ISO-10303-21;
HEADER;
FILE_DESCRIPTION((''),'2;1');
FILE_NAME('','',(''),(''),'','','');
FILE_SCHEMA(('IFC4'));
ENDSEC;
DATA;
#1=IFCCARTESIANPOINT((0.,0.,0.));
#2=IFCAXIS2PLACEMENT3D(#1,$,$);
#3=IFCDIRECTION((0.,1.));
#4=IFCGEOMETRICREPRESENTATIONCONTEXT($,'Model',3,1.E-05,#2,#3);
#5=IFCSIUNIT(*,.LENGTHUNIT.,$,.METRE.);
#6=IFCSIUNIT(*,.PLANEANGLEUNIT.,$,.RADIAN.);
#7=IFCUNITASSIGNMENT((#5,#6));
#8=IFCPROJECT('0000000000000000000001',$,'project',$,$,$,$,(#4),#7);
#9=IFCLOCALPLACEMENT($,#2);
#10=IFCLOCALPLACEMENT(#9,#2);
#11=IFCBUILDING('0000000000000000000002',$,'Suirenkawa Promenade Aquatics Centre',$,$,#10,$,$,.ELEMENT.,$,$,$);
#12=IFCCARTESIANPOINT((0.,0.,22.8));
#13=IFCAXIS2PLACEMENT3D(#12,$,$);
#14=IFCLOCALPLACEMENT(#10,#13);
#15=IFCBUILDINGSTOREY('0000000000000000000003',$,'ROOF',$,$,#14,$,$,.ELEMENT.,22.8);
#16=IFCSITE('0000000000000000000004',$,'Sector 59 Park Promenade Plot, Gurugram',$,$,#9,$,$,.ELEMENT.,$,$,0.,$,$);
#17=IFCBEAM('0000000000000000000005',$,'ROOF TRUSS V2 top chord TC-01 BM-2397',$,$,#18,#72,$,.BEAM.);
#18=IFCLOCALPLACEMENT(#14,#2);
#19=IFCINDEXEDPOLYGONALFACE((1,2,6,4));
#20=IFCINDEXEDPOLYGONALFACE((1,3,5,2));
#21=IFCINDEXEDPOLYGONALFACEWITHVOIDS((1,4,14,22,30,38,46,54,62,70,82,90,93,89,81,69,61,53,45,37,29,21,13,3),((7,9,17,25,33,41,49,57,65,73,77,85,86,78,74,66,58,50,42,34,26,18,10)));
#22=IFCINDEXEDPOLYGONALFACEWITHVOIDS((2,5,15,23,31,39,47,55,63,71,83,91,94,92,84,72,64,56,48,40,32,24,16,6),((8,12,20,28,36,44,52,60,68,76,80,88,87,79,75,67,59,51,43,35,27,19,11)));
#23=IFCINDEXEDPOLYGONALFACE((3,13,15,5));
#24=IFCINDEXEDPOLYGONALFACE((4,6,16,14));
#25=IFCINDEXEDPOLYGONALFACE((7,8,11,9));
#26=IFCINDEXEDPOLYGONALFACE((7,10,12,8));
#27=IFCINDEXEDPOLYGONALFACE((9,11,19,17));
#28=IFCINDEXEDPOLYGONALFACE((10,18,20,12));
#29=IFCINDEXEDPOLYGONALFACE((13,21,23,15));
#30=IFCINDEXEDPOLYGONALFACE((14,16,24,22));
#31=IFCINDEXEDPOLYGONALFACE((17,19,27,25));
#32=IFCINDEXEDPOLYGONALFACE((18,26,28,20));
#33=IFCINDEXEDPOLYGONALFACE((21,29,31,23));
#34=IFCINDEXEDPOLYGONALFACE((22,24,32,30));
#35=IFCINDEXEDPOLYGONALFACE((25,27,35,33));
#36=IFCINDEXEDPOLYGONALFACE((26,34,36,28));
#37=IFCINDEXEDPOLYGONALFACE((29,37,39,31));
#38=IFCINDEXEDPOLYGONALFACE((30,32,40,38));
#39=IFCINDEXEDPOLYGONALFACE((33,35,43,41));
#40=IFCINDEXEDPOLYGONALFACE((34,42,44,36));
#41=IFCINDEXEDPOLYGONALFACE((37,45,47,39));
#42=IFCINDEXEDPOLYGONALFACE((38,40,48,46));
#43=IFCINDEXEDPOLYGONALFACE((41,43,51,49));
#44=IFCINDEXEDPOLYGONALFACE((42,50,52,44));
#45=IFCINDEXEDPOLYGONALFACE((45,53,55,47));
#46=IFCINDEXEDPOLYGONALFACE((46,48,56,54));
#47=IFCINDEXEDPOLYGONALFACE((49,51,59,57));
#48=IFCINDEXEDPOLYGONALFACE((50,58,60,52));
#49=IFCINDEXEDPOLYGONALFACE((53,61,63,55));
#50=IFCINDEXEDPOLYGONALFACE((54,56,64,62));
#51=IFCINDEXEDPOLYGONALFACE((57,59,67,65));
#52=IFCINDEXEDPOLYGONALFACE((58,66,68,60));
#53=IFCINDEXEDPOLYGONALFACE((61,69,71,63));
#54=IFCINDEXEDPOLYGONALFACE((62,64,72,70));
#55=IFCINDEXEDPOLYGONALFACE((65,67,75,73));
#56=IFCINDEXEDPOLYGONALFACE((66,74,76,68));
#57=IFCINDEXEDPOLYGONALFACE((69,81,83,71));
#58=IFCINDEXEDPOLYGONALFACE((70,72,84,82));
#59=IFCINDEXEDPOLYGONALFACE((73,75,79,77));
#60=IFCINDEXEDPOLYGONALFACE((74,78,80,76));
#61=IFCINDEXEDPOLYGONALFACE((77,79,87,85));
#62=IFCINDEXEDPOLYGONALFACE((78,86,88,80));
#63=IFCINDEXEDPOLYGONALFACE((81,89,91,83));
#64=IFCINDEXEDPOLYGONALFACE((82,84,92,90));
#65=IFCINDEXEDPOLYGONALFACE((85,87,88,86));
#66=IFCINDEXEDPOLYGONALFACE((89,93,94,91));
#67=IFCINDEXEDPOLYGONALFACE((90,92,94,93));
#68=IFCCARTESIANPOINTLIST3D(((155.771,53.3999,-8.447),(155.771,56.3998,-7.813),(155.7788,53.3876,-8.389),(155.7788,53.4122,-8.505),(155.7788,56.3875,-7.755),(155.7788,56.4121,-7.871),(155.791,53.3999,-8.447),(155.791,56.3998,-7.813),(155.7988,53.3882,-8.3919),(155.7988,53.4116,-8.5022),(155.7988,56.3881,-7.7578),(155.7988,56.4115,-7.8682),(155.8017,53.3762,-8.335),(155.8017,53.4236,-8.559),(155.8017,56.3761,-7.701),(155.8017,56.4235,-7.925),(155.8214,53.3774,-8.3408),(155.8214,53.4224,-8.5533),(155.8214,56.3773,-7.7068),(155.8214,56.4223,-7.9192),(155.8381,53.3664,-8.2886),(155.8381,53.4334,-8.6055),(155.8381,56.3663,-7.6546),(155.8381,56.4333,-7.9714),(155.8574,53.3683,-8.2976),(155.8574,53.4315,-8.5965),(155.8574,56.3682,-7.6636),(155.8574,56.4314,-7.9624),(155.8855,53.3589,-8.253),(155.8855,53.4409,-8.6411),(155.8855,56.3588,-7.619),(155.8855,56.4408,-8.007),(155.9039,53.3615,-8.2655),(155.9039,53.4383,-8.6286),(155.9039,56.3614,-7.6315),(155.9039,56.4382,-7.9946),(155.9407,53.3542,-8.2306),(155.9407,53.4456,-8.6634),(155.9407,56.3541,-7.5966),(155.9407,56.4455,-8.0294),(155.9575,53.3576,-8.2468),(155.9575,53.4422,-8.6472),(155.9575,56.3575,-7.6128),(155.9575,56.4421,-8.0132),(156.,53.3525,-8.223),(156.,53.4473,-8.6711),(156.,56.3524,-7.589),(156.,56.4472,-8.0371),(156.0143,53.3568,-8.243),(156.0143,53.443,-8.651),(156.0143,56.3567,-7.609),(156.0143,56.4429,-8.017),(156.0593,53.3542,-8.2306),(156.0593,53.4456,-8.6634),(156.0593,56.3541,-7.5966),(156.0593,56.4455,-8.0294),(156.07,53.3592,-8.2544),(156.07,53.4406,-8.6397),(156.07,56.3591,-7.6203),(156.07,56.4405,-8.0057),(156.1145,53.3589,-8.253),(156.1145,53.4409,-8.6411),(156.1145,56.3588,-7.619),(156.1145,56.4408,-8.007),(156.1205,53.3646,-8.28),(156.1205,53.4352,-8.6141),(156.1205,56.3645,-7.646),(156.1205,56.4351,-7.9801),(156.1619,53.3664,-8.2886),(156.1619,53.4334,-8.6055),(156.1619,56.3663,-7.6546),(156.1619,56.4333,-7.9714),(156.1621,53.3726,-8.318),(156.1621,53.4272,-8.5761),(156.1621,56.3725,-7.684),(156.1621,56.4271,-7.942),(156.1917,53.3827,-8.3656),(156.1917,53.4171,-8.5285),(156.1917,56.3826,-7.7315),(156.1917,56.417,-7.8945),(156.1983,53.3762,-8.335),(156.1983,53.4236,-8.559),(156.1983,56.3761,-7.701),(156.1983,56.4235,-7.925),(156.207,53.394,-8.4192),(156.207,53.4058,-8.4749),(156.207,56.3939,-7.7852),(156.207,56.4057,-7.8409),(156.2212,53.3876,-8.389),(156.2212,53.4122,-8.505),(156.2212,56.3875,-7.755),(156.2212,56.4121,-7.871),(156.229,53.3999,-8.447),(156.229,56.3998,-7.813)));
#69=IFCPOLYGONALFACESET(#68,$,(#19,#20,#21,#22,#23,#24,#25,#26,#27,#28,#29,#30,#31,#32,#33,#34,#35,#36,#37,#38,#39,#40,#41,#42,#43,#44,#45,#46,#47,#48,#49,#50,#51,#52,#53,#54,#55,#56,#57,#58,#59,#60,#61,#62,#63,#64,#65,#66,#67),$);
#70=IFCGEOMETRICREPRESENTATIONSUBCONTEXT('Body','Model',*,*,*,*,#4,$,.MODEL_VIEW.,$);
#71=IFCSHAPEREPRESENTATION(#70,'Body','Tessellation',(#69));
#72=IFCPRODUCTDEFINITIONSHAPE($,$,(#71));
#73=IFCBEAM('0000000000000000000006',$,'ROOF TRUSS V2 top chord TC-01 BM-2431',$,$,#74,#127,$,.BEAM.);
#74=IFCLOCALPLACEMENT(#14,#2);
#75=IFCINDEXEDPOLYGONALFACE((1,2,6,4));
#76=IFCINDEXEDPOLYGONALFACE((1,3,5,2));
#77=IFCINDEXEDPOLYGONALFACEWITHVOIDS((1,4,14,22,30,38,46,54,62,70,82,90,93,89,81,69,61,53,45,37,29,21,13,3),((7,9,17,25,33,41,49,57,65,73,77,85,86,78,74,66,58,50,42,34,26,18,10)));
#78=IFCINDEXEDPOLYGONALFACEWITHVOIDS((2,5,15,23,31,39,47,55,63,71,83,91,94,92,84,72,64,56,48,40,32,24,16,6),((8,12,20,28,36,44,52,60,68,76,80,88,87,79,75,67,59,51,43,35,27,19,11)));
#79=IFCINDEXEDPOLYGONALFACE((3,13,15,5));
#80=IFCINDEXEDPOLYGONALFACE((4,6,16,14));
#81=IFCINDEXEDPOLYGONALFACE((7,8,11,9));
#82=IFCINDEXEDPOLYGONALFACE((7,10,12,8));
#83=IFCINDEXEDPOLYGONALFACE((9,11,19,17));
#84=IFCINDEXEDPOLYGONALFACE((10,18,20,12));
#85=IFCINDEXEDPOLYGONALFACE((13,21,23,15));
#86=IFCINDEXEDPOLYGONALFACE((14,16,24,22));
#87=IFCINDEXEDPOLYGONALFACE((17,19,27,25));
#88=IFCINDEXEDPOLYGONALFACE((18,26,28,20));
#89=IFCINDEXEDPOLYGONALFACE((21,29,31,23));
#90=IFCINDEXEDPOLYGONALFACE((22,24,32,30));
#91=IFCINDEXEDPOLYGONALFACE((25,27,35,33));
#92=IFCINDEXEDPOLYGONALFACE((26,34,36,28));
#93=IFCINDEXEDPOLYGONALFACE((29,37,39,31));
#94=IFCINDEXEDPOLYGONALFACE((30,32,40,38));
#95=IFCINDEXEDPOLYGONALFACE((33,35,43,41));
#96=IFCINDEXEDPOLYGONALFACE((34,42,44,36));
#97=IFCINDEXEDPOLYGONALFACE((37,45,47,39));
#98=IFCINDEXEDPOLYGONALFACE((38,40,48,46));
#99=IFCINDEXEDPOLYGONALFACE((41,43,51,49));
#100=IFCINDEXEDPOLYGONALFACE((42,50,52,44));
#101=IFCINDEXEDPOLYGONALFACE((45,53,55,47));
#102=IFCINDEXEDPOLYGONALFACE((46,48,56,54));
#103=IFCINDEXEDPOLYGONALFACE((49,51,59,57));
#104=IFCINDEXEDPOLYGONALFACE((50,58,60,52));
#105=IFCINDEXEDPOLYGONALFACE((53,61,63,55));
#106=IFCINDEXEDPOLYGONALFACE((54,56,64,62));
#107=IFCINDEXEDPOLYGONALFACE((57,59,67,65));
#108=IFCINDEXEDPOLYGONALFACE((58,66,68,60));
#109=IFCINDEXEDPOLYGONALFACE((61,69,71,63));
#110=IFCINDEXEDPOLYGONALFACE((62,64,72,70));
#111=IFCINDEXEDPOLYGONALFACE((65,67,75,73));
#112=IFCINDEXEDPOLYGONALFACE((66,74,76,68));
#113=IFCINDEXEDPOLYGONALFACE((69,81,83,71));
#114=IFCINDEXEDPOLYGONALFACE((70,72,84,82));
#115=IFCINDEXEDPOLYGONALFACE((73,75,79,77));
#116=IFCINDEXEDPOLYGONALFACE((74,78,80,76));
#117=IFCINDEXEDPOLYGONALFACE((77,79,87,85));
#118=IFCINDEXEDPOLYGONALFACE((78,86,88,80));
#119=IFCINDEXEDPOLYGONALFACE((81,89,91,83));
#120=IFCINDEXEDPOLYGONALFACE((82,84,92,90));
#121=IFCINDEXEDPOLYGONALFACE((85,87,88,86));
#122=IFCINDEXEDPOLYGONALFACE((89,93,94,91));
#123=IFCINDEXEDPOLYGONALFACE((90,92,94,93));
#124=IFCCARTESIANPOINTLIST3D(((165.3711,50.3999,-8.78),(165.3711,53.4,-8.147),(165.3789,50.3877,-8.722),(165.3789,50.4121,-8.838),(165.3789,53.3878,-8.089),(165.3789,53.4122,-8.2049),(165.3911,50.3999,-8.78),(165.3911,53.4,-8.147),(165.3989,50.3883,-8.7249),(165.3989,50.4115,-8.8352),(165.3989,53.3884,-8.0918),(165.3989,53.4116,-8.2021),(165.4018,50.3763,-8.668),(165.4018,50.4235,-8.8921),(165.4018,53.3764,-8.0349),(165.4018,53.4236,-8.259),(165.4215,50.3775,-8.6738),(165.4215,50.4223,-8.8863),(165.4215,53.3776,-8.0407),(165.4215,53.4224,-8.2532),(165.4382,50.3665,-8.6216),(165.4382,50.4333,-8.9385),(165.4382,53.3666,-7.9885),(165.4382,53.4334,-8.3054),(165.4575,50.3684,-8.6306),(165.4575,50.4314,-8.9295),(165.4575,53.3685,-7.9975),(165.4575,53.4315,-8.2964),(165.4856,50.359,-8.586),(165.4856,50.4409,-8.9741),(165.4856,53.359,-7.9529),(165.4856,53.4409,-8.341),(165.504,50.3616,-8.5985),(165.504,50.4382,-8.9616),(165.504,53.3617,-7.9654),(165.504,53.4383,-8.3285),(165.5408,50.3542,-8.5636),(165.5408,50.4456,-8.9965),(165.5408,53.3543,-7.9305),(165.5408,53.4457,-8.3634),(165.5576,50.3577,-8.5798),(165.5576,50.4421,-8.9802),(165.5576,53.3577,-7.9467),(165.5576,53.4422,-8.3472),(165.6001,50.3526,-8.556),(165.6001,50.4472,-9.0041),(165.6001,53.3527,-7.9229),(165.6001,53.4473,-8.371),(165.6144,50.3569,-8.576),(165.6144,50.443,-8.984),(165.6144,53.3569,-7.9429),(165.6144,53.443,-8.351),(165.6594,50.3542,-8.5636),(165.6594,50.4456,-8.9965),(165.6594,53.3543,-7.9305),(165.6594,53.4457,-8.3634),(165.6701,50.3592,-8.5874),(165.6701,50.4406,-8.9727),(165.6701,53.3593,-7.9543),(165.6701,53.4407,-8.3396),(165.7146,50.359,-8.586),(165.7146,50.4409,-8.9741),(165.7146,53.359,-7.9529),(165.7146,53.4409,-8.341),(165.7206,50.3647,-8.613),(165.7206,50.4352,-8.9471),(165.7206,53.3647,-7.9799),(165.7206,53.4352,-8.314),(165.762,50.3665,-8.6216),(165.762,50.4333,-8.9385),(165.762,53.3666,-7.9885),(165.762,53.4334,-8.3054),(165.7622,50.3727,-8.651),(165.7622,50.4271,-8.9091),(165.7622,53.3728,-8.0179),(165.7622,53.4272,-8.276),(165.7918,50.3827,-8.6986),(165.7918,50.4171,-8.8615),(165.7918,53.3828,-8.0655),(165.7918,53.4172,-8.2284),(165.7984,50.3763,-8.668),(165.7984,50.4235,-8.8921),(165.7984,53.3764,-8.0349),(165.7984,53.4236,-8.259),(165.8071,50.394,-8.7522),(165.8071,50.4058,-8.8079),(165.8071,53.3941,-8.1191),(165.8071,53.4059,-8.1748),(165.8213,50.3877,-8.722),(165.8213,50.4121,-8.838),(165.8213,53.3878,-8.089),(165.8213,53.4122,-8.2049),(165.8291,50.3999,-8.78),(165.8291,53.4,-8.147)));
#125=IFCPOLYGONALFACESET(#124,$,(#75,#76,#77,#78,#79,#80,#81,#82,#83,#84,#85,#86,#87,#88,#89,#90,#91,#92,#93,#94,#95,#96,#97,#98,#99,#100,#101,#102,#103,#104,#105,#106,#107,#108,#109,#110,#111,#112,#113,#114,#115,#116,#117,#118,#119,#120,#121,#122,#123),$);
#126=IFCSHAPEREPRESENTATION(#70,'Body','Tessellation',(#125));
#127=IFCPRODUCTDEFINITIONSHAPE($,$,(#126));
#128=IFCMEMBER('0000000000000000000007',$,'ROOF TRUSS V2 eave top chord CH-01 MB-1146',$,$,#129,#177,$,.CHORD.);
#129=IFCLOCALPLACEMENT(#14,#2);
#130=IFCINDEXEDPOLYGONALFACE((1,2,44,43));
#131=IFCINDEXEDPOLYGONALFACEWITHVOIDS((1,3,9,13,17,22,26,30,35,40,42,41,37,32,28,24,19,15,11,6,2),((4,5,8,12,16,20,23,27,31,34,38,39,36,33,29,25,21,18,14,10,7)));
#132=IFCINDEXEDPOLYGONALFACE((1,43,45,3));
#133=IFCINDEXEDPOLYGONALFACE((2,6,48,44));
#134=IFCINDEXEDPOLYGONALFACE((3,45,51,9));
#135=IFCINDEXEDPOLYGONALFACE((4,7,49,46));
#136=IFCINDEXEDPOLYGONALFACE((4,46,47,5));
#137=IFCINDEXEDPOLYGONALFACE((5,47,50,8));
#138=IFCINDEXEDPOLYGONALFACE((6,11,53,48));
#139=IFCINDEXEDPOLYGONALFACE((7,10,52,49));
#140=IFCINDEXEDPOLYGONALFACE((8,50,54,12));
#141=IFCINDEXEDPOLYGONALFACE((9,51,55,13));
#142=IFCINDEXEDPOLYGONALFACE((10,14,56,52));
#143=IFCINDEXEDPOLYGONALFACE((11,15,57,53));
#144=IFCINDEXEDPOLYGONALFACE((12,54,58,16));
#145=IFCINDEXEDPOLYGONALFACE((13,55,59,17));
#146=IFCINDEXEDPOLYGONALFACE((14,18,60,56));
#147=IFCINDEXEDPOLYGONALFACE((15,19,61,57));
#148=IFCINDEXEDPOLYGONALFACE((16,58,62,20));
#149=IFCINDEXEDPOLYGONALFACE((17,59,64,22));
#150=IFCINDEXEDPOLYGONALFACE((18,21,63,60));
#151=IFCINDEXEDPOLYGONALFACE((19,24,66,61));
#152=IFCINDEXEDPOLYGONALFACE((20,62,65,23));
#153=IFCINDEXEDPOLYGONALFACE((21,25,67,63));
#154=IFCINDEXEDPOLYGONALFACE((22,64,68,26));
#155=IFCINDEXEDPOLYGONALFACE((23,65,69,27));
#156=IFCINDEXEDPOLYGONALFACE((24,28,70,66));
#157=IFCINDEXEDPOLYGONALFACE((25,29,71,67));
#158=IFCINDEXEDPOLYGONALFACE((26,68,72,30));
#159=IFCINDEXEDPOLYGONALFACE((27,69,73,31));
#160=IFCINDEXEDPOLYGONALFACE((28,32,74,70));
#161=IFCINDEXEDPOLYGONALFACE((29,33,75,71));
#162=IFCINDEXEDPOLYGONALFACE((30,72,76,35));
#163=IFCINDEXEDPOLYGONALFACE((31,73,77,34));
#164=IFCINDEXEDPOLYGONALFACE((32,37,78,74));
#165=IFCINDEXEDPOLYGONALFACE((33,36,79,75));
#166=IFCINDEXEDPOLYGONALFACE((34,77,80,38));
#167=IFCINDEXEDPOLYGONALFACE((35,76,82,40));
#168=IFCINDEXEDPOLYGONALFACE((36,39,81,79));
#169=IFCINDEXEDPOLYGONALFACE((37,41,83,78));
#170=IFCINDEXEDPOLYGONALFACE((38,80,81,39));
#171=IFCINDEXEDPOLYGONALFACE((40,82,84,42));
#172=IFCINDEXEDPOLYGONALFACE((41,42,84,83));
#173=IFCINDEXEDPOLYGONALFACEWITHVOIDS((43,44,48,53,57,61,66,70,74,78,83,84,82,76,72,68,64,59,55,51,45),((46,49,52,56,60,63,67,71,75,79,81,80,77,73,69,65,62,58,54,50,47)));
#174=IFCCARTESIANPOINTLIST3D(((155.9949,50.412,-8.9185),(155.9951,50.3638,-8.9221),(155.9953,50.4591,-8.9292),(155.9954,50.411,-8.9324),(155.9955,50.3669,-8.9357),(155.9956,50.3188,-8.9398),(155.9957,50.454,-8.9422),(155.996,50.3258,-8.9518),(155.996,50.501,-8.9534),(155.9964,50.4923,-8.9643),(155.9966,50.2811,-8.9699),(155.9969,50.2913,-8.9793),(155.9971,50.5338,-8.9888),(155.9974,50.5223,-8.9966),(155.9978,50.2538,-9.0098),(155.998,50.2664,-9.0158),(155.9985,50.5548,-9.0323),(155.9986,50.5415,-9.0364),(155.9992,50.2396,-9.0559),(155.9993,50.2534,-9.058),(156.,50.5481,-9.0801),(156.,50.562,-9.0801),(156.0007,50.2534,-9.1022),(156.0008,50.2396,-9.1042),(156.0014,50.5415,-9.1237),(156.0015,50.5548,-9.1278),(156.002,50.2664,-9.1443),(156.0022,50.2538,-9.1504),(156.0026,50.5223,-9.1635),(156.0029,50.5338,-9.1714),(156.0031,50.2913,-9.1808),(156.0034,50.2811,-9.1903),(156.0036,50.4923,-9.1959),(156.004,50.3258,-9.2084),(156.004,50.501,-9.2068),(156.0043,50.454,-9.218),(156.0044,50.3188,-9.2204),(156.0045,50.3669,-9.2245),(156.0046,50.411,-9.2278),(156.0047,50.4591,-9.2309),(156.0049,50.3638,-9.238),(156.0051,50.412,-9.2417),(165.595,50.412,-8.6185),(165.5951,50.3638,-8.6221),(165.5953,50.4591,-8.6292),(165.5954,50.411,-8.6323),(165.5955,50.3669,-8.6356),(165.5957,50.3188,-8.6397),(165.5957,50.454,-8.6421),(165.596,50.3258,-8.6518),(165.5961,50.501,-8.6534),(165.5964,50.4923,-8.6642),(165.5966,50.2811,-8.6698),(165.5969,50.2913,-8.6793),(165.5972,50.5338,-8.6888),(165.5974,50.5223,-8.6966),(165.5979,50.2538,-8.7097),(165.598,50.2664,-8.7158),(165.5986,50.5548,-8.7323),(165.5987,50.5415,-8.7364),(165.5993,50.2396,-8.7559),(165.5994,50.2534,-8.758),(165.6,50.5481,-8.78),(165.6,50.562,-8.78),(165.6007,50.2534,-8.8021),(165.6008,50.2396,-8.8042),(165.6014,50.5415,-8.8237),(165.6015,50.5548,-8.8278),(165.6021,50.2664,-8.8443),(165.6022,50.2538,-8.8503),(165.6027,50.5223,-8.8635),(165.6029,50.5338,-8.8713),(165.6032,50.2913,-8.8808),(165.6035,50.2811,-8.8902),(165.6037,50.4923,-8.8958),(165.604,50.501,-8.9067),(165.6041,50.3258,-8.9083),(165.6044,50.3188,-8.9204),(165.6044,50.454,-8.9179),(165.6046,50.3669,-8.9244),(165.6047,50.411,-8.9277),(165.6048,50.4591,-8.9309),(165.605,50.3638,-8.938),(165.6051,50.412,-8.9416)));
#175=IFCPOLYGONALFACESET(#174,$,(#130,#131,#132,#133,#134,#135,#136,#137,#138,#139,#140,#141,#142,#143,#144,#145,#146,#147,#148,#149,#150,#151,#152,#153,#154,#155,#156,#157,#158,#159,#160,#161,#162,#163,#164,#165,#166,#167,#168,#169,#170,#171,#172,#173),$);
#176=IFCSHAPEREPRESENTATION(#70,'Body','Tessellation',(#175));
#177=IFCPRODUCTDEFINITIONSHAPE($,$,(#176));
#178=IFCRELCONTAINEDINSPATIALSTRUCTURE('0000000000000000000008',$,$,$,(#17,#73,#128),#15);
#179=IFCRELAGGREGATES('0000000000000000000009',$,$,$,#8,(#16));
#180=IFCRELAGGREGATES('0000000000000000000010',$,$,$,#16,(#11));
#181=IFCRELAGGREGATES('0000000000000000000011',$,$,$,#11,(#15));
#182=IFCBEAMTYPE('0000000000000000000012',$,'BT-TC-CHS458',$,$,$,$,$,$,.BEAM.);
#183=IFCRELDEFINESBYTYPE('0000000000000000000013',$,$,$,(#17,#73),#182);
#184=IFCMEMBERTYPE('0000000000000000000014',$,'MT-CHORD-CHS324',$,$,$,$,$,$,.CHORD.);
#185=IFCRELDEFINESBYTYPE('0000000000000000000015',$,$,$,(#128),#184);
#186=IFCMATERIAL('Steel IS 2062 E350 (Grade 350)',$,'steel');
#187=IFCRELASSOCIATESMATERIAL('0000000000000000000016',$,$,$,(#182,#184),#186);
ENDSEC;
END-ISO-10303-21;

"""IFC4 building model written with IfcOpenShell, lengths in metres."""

from ifc_helpers import new_model, si_unit, direction, frame, origin, origin_2d, place, context, subcontext, project, spatial, hollow_circle, extrude, material, material_profile, profile_set, type_object, element, save


model = new_model("IFC4")

# Units and contexts
model_context = context("Model", 3, precision=1e-05, world=origin(), true_north=direction((0.0, 1.0)))
body_context = subcontext(model_context, "Body", "Model", "MODEL_VIEW")
ifc_project = project(units=[si_unit("LENGTHUNIT", "METRE"), si_unit("PLANEANGLEUNIT", "RADIAN")], contexts=[model_context])

# Site, building, storey
site_placement = place(None, origin())
site = spatial("IfcSite", under=ifc_project, at=site_placement, Name="Sector 59 Park Promenade Plot, Gurugram", CompositionType="ELEMENT", RefElevation=0.0)
building_placement = place(site_placement, origin())
building = spatial("IfcBuilding", under=site, at=building_placement, Name="Suirenkawa Promenade Aquatics Centre", CompositionType="ELEMENT")
storey_placement = place(building_placement, frame((0.0, 0.0, 22.8)))
storey = spatial("IfcBuildingStorey", under=building, at=storey_placement, Name="ROOF", CompositionType="ELEMENT", Elevation=22.8)

# Beams
ifc_material_1 = material(Name="Steel IS 2062 E350 (Grade 350)", Category="steel")
ifc_material_profile_1 = material_profile(ifc_material_1, hollow_circle(Radius=0.229, WallThickness=0.02, at=origin_2d()), Name="CHS 458x20", Category="steel")
ifc_profile_set_1 = profile_set([ifc_material_profile_1], Name="Steel IS 2062 E350 (Grade 350)")
beam_type_1 = type_object("IfcBeamType", Name="BT-TC-CHS458", PredefinedType="BEAM", material=ifc_profile_set_1)
for number, where, z_axis, x_axis, name in (
    (1, (156.0, 53.3999, -8.447), (0.0, 0.978388, 0.206777), (-1.0, 0.0, 0.0), "ROOF TRUSS V2 top chord TC-01 BM-2397"),
    (2, (165.6001, 50.3999, -8.78), (0.0, 0.978453, 0.206472), (-1.0, 0.0, 0.0), "ROOF TRUSS V2 top chord TC-01 BM-2431"),
):
    element("IfcBeam", number, at=place(storey_placement, frame(where, z_axis=z_axis, x_axis=x_axis)), inside=storey, type_object=beam_type_1, Name=name, PredefinedType="BEAM", context=body_context, shape_type="SweptSolid", body=[
        extrude(hollow_circle(Radius=0.229, WallThickness=0.02, at=origin_2d()), origin(), (0.0, 0.0, 1.0), 3.0662),
    ])

# Member
ifc_material_profile_2 = material_profile(ifc_material_1, hollow_circle(Radius=0.1621, WallThickness=0.0139, at=origin_2d()), Name="CHS 324x14", Category="steel")
ifc_profile_set_2 = profile_set([ifc_material_profile_2], Name="Steel IS 2062 E350 (Grade 350)")
member_type_1 = type_object("IfcMemberType", Name="MT-CHORD-CHS324", PredefinedType="CHORD", material=ifc_profile_set_2)
member_1_placement = place(storey_placement, frame((156.0, 50.3999, -9.0801), z_axis=(0.999512, 0.0, 0.03124), x_axis=(0.0, 1.0, 0.0)))
element("IfcMember", 3, at=member_1_placement, inside=storey, type_object=member_type_1, Name="ROOF TRUSS V2 eave top chord CH-01 MB-1146", PredefinedType="CHORD", context=body_context, shape_type="SweptSolid", body=[
    extrude(hollow_circle(Radius=0.1621, WallThickness=0.0139, at=origin_2d()), origin(), (0.0, 0.0, 1.0), 9.6047),
])

save(model, "model.ifc")
